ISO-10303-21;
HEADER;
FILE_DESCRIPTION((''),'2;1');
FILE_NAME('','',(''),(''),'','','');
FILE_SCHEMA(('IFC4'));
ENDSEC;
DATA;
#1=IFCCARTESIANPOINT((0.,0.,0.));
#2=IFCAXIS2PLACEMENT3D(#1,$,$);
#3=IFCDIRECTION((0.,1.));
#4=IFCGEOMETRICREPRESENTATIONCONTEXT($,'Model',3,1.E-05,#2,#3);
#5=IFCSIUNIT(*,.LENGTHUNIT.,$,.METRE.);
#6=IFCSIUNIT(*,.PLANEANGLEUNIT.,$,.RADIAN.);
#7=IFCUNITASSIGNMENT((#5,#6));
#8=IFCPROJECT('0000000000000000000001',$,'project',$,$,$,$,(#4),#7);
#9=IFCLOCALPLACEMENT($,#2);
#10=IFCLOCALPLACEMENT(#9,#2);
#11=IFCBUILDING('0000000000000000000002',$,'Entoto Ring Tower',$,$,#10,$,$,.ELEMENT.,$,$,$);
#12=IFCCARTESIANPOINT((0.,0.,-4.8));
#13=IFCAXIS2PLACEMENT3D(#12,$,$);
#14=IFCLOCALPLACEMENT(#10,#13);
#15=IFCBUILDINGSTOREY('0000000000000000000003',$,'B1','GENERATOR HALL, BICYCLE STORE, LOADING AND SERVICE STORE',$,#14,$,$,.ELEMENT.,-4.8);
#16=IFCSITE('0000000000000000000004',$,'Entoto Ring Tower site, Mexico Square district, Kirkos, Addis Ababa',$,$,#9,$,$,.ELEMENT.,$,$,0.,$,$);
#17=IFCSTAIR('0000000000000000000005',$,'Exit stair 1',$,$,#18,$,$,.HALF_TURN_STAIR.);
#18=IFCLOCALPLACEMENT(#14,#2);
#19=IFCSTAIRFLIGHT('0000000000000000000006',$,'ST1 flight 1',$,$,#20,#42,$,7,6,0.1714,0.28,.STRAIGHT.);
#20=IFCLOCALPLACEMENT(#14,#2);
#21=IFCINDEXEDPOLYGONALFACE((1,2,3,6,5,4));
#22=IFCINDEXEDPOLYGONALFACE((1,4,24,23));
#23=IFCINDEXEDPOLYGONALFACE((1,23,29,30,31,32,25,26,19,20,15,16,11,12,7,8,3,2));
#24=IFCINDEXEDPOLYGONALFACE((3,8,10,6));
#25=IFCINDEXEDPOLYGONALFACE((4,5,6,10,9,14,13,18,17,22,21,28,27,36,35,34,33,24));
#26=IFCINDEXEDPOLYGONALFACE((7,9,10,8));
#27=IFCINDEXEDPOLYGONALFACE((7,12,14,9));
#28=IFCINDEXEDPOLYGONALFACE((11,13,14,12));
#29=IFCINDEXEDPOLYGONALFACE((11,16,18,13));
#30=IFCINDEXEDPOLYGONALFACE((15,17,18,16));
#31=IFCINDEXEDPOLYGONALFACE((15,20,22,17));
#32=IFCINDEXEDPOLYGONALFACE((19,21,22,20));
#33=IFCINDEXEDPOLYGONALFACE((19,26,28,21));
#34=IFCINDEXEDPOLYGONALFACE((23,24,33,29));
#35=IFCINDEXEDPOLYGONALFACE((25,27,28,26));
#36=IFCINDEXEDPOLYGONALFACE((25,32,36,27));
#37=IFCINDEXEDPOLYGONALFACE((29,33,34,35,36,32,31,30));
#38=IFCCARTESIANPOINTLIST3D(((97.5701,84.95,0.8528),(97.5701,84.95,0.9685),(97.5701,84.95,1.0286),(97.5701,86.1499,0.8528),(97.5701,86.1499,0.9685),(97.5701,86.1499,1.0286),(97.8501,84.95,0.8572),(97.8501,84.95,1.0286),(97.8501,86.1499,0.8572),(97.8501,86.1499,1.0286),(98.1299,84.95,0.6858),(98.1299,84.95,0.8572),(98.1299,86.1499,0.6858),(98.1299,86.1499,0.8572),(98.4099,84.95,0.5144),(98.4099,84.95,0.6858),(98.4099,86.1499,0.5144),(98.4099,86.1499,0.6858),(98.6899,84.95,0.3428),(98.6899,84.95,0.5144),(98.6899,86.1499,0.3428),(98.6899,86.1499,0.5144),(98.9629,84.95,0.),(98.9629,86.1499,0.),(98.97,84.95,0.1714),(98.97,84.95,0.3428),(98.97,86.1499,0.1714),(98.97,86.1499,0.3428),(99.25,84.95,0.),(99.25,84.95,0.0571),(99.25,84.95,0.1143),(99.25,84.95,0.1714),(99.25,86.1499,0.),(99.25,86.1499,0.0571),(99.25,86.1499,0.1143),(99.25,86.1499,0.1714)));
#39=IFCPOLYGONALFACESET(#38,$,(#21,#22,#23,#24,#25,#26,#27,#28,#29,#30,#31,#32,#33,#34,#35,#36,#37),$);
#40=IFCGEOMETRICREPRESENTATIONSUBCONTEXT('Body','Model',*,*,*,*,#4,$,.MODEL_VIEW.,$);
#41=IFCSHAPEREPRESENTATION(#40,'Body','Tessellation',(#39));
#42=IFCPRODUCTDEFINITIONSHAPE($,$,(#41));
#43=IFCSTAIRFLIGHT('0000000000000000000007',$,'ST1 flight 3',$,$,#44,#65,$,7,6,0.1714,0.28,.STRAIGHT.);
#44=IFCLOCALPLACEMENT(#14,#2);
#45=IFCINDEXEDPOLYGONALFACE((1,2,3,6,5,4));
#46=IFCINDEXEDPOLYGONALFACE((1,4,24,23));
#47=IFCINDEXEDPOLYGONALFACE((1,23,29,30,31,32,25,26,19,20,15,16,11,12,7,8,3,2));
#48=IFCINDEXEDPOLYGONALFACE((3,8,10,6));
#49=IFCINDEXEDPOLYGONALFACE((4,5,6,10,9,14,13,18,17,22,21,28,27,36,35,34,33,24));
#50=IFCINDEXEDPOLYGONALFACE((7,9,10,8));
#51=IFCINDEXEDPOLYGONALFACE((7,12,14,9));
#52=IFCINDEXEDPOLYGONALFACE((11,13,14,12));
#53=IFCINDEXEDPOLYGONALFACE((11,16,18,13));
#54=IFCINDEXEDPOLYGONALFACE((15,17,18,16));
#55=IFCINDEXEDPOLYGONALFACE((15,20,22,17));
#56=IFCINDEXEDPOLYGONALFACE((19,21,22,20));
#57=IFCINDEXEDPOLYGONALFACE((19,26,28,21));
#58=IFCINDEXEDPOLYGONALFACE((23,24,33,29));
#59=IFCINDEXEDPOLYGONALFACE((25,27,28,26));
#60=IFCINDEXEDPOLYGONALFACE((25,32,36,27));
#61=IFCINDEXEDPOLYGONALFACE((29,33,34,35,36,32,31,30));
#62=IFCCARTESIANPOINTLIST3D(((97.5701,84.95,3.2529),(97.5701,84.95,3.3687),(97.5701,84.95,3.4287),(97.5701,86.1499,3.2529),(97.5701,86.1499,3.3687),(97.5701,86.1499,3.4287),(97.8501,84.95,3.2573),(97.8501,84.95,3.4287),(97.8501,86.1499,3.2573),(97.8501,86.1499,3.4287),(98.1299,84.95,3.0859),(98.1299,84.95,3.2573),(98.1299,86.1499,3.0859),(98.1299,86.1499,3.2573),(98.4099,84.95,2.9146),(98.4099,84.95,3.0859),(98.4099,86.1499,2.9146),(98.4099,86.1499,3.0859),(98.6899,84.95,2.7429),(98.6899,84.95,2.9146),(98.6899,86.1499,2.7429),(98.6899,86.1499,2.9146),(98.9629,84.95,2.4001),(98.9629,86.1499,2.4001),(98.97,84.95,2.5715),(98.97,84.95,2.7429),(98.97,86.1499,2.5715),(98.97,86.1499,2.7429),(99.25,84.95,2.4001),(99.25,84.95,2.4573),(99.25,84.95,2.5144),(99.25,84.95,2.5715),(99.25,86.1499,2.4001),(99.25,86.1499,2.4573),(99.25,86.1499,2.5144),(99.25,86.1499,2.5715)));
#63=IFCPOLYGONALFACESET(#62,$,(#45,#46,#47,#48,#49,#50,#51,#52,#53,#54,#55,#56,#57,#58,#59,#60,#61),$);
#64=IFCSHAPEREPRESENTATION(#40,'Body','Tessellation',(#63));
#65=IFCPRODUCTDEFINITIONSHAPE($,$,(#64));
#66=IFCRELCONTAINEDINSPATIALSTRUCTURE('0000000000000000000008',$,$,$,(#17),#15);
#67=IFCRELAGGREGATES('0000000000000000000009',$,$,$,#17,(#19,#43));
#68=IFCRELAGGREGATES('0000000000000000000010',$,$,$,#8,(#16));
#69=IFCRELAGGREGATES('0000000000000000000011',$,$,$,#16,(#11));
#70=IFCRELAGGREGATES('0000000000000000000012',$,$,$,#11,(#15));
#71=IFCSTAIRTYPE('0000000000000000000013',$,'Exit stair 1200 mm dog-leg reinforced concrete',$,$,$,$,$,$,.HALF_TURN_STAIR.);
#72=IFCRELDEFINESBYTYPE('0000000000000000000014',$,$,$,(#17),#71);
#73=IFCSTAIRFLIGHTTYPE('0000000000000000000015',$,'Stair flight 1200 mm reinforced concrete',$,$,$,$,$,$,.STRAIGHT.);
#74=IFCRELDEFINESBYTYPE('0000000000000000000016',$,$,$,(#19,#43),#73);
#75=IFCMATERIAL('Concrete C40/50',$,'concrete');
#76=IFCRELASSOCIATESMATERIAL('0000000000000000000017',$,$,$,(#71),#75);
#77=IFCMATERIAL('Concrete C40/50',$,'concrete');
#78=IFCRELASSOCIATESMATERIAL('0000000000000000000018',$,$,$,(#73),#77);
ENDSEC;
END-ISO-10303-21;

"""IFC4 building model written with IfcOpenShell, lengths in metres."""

from ifc_helpers import new_model, si_unit, direction, frame, origin, place, context, subcontext, project, spatial, polyline, outline, extrude, material, type_object, element, aggregate, save


model = new_model("IFC4")

# Units and contexts
model_context = context("Model", 3, precision=1e-05, world=origin(), true_north=direction((0.0, 1.0)))
body_context = subcontext(model_context, "Body", "Model", "MODEL_VIEW")
ifc_project = project(units=[si_unit("LENGTHUNIT", "METRE"), si_unit("PLANEANGLEUNIT", "RADIAN")], contexts=[model_context])

# Site, building, storey
site_placement = place(None, origin())
site = spatial("IfcSite", under=ifc_project, at=site_placement, Name="Entoto Ring Tower site, Mexico Square district, Kirkos, Addis Ababa", CompositionType="ELEMENT", RefElevation=0.0)
building_placement = place(site_placement, origin())
building = spatial("IfcBuilding", under=site, at=building_placement, Name="Entoto Ring Tower", CompositionType="ELEMENT")
storey_placement = place(building_placement, frame((0.0, 0.0, -4.8)))
storey = spatial("IfcBuildingStorey", under=building, at=storey_placement, Name="B1", Description="GENERATOR HALL, BICYCLE STORE, LOADING AND SERVICE STORE", CompositionType="ELEMENT", Elevation=-4.8)

# Stair, stair flights
ifc_material_1 = material(Name="Concrete C40/50", Category="concrete")
stair_type = type_object("IfcStairType", Name="Exit stair 1200 mm dog-leg reinforced concrete", PredefinedType="HALF_TURN_STAIR", material=ifc_material_1)
stair_placement = place(storey_placement, origin())
stair = element("IfcStair", 1, at=stair_placement, inside=storey, type_object=stair_type, Name="Exit stair 1", PredefinedType="HALF_TURN_STAIR")
ifc_material_2 = material(Name="Concrete C40/50", Category="concrete")
stair_flight_type = type_object("IfcStairFlightType", Name="Stair flight 1200 mm reinforced concrete", PredefinedType="STRAIGHT", material=ifc_material_2)
stair_flight_1_placement = place(storey_placement, frame((99.25, 85.55, 0.0), z_axis=(0.0, 0.0, 1.0), x_axis=(-1.0, 0.0, 0.0)))
stair_flight_1 = element("IfcStairFlight", 2, at=stair_flight_1_placement, type_object=stair_flight_type, Name="ST1 flight 1", NumberOfRisers=7, NumberOfTreads=6, PredefinedType="STRAIGHT", RiserHeight=0.1714, TreadLength=0.28, context=body_context, shape_type="SweptSolid", body=[
    extrude(outline(polyline([(0.0, 0.0), (0.0, 0.0571), (0.0, 0.1143), (0.0, 0.1714), (0.28, 0.1714), (0.28, 0.3428), (0.5601, 0.3428), (0.5601, 0.5144), (0.8401, 0.5144), (0.8401, 0.6858), (1.1201, 0.6858), (1.1201, 0.8572), (1.3999, 0.8572), (1.3999, 1.0286), (1.6799, 1.0286), (1.6799, 1.2), (1.6799, 1.0842), (1.6799, 0.9685), (1.6799, 0.8528), (0.2871, 0.0), (0.0, 0.0)])), frame((0.0, 0.6001, 0.0), z_axis=(0.0, -1.0, 0.0), x_axis=(1.0, 0.0, 0.0)), (0.0, 0.0, 1.0), 1.2),
])
stair_flight_2_placement = place(storey_placement, frame((99.25, 85.55, 2.4001), z_axis=(0.0, 0.0, 1.0), x_axis=(-1.0, 0.0, 0.0)))
stair_flight_2 = element("IfcStairFlight", 3, at=stair_flight_2_placement, type_object=stair_flight_type, Name="ST1 flight 3", NumberOfRisers=7, NumberOfTreads=6, PredefinedType="STRAIGHT", RiserHeight=0.1714, TreadLength=0.28, context=body_context, shape_type="SweptSolid", body=[
    extrude(outline(polyline([(0.0, 0.0), (0.0, 0.0571), (0.0, 0.1143), (0.0, 0.1714), (0.28, 0.1714), (0.28, 0.3428), (0.5601, 0.3428), (0.5601, 0.5144), (0.8401, 0.5144), (0.8401, 0.6858), (1.1201, 0.6858), (1.1201, 0.8572), (1.3999, 0.8572), (1.3999, 1.0286), (1.6799, 1.0286), (1.6799, 1.2), (1.6799, 1.0842), (1.6799, 0.9685), (1.6799, 0.8528), (0.2871, 0.0), (0.0, 0.0)])), frame((0.0, 0.6001, 0.0), z_axis=(0.0, -1.0, 0.0), x_axis=(1.0, 0.0, 0.0)), (0.0, 0.0, 1.0), 1.2),
])
aggregate(stair, [stair_flight_1, stair_flight_2])

save(model, "model.ifc")
